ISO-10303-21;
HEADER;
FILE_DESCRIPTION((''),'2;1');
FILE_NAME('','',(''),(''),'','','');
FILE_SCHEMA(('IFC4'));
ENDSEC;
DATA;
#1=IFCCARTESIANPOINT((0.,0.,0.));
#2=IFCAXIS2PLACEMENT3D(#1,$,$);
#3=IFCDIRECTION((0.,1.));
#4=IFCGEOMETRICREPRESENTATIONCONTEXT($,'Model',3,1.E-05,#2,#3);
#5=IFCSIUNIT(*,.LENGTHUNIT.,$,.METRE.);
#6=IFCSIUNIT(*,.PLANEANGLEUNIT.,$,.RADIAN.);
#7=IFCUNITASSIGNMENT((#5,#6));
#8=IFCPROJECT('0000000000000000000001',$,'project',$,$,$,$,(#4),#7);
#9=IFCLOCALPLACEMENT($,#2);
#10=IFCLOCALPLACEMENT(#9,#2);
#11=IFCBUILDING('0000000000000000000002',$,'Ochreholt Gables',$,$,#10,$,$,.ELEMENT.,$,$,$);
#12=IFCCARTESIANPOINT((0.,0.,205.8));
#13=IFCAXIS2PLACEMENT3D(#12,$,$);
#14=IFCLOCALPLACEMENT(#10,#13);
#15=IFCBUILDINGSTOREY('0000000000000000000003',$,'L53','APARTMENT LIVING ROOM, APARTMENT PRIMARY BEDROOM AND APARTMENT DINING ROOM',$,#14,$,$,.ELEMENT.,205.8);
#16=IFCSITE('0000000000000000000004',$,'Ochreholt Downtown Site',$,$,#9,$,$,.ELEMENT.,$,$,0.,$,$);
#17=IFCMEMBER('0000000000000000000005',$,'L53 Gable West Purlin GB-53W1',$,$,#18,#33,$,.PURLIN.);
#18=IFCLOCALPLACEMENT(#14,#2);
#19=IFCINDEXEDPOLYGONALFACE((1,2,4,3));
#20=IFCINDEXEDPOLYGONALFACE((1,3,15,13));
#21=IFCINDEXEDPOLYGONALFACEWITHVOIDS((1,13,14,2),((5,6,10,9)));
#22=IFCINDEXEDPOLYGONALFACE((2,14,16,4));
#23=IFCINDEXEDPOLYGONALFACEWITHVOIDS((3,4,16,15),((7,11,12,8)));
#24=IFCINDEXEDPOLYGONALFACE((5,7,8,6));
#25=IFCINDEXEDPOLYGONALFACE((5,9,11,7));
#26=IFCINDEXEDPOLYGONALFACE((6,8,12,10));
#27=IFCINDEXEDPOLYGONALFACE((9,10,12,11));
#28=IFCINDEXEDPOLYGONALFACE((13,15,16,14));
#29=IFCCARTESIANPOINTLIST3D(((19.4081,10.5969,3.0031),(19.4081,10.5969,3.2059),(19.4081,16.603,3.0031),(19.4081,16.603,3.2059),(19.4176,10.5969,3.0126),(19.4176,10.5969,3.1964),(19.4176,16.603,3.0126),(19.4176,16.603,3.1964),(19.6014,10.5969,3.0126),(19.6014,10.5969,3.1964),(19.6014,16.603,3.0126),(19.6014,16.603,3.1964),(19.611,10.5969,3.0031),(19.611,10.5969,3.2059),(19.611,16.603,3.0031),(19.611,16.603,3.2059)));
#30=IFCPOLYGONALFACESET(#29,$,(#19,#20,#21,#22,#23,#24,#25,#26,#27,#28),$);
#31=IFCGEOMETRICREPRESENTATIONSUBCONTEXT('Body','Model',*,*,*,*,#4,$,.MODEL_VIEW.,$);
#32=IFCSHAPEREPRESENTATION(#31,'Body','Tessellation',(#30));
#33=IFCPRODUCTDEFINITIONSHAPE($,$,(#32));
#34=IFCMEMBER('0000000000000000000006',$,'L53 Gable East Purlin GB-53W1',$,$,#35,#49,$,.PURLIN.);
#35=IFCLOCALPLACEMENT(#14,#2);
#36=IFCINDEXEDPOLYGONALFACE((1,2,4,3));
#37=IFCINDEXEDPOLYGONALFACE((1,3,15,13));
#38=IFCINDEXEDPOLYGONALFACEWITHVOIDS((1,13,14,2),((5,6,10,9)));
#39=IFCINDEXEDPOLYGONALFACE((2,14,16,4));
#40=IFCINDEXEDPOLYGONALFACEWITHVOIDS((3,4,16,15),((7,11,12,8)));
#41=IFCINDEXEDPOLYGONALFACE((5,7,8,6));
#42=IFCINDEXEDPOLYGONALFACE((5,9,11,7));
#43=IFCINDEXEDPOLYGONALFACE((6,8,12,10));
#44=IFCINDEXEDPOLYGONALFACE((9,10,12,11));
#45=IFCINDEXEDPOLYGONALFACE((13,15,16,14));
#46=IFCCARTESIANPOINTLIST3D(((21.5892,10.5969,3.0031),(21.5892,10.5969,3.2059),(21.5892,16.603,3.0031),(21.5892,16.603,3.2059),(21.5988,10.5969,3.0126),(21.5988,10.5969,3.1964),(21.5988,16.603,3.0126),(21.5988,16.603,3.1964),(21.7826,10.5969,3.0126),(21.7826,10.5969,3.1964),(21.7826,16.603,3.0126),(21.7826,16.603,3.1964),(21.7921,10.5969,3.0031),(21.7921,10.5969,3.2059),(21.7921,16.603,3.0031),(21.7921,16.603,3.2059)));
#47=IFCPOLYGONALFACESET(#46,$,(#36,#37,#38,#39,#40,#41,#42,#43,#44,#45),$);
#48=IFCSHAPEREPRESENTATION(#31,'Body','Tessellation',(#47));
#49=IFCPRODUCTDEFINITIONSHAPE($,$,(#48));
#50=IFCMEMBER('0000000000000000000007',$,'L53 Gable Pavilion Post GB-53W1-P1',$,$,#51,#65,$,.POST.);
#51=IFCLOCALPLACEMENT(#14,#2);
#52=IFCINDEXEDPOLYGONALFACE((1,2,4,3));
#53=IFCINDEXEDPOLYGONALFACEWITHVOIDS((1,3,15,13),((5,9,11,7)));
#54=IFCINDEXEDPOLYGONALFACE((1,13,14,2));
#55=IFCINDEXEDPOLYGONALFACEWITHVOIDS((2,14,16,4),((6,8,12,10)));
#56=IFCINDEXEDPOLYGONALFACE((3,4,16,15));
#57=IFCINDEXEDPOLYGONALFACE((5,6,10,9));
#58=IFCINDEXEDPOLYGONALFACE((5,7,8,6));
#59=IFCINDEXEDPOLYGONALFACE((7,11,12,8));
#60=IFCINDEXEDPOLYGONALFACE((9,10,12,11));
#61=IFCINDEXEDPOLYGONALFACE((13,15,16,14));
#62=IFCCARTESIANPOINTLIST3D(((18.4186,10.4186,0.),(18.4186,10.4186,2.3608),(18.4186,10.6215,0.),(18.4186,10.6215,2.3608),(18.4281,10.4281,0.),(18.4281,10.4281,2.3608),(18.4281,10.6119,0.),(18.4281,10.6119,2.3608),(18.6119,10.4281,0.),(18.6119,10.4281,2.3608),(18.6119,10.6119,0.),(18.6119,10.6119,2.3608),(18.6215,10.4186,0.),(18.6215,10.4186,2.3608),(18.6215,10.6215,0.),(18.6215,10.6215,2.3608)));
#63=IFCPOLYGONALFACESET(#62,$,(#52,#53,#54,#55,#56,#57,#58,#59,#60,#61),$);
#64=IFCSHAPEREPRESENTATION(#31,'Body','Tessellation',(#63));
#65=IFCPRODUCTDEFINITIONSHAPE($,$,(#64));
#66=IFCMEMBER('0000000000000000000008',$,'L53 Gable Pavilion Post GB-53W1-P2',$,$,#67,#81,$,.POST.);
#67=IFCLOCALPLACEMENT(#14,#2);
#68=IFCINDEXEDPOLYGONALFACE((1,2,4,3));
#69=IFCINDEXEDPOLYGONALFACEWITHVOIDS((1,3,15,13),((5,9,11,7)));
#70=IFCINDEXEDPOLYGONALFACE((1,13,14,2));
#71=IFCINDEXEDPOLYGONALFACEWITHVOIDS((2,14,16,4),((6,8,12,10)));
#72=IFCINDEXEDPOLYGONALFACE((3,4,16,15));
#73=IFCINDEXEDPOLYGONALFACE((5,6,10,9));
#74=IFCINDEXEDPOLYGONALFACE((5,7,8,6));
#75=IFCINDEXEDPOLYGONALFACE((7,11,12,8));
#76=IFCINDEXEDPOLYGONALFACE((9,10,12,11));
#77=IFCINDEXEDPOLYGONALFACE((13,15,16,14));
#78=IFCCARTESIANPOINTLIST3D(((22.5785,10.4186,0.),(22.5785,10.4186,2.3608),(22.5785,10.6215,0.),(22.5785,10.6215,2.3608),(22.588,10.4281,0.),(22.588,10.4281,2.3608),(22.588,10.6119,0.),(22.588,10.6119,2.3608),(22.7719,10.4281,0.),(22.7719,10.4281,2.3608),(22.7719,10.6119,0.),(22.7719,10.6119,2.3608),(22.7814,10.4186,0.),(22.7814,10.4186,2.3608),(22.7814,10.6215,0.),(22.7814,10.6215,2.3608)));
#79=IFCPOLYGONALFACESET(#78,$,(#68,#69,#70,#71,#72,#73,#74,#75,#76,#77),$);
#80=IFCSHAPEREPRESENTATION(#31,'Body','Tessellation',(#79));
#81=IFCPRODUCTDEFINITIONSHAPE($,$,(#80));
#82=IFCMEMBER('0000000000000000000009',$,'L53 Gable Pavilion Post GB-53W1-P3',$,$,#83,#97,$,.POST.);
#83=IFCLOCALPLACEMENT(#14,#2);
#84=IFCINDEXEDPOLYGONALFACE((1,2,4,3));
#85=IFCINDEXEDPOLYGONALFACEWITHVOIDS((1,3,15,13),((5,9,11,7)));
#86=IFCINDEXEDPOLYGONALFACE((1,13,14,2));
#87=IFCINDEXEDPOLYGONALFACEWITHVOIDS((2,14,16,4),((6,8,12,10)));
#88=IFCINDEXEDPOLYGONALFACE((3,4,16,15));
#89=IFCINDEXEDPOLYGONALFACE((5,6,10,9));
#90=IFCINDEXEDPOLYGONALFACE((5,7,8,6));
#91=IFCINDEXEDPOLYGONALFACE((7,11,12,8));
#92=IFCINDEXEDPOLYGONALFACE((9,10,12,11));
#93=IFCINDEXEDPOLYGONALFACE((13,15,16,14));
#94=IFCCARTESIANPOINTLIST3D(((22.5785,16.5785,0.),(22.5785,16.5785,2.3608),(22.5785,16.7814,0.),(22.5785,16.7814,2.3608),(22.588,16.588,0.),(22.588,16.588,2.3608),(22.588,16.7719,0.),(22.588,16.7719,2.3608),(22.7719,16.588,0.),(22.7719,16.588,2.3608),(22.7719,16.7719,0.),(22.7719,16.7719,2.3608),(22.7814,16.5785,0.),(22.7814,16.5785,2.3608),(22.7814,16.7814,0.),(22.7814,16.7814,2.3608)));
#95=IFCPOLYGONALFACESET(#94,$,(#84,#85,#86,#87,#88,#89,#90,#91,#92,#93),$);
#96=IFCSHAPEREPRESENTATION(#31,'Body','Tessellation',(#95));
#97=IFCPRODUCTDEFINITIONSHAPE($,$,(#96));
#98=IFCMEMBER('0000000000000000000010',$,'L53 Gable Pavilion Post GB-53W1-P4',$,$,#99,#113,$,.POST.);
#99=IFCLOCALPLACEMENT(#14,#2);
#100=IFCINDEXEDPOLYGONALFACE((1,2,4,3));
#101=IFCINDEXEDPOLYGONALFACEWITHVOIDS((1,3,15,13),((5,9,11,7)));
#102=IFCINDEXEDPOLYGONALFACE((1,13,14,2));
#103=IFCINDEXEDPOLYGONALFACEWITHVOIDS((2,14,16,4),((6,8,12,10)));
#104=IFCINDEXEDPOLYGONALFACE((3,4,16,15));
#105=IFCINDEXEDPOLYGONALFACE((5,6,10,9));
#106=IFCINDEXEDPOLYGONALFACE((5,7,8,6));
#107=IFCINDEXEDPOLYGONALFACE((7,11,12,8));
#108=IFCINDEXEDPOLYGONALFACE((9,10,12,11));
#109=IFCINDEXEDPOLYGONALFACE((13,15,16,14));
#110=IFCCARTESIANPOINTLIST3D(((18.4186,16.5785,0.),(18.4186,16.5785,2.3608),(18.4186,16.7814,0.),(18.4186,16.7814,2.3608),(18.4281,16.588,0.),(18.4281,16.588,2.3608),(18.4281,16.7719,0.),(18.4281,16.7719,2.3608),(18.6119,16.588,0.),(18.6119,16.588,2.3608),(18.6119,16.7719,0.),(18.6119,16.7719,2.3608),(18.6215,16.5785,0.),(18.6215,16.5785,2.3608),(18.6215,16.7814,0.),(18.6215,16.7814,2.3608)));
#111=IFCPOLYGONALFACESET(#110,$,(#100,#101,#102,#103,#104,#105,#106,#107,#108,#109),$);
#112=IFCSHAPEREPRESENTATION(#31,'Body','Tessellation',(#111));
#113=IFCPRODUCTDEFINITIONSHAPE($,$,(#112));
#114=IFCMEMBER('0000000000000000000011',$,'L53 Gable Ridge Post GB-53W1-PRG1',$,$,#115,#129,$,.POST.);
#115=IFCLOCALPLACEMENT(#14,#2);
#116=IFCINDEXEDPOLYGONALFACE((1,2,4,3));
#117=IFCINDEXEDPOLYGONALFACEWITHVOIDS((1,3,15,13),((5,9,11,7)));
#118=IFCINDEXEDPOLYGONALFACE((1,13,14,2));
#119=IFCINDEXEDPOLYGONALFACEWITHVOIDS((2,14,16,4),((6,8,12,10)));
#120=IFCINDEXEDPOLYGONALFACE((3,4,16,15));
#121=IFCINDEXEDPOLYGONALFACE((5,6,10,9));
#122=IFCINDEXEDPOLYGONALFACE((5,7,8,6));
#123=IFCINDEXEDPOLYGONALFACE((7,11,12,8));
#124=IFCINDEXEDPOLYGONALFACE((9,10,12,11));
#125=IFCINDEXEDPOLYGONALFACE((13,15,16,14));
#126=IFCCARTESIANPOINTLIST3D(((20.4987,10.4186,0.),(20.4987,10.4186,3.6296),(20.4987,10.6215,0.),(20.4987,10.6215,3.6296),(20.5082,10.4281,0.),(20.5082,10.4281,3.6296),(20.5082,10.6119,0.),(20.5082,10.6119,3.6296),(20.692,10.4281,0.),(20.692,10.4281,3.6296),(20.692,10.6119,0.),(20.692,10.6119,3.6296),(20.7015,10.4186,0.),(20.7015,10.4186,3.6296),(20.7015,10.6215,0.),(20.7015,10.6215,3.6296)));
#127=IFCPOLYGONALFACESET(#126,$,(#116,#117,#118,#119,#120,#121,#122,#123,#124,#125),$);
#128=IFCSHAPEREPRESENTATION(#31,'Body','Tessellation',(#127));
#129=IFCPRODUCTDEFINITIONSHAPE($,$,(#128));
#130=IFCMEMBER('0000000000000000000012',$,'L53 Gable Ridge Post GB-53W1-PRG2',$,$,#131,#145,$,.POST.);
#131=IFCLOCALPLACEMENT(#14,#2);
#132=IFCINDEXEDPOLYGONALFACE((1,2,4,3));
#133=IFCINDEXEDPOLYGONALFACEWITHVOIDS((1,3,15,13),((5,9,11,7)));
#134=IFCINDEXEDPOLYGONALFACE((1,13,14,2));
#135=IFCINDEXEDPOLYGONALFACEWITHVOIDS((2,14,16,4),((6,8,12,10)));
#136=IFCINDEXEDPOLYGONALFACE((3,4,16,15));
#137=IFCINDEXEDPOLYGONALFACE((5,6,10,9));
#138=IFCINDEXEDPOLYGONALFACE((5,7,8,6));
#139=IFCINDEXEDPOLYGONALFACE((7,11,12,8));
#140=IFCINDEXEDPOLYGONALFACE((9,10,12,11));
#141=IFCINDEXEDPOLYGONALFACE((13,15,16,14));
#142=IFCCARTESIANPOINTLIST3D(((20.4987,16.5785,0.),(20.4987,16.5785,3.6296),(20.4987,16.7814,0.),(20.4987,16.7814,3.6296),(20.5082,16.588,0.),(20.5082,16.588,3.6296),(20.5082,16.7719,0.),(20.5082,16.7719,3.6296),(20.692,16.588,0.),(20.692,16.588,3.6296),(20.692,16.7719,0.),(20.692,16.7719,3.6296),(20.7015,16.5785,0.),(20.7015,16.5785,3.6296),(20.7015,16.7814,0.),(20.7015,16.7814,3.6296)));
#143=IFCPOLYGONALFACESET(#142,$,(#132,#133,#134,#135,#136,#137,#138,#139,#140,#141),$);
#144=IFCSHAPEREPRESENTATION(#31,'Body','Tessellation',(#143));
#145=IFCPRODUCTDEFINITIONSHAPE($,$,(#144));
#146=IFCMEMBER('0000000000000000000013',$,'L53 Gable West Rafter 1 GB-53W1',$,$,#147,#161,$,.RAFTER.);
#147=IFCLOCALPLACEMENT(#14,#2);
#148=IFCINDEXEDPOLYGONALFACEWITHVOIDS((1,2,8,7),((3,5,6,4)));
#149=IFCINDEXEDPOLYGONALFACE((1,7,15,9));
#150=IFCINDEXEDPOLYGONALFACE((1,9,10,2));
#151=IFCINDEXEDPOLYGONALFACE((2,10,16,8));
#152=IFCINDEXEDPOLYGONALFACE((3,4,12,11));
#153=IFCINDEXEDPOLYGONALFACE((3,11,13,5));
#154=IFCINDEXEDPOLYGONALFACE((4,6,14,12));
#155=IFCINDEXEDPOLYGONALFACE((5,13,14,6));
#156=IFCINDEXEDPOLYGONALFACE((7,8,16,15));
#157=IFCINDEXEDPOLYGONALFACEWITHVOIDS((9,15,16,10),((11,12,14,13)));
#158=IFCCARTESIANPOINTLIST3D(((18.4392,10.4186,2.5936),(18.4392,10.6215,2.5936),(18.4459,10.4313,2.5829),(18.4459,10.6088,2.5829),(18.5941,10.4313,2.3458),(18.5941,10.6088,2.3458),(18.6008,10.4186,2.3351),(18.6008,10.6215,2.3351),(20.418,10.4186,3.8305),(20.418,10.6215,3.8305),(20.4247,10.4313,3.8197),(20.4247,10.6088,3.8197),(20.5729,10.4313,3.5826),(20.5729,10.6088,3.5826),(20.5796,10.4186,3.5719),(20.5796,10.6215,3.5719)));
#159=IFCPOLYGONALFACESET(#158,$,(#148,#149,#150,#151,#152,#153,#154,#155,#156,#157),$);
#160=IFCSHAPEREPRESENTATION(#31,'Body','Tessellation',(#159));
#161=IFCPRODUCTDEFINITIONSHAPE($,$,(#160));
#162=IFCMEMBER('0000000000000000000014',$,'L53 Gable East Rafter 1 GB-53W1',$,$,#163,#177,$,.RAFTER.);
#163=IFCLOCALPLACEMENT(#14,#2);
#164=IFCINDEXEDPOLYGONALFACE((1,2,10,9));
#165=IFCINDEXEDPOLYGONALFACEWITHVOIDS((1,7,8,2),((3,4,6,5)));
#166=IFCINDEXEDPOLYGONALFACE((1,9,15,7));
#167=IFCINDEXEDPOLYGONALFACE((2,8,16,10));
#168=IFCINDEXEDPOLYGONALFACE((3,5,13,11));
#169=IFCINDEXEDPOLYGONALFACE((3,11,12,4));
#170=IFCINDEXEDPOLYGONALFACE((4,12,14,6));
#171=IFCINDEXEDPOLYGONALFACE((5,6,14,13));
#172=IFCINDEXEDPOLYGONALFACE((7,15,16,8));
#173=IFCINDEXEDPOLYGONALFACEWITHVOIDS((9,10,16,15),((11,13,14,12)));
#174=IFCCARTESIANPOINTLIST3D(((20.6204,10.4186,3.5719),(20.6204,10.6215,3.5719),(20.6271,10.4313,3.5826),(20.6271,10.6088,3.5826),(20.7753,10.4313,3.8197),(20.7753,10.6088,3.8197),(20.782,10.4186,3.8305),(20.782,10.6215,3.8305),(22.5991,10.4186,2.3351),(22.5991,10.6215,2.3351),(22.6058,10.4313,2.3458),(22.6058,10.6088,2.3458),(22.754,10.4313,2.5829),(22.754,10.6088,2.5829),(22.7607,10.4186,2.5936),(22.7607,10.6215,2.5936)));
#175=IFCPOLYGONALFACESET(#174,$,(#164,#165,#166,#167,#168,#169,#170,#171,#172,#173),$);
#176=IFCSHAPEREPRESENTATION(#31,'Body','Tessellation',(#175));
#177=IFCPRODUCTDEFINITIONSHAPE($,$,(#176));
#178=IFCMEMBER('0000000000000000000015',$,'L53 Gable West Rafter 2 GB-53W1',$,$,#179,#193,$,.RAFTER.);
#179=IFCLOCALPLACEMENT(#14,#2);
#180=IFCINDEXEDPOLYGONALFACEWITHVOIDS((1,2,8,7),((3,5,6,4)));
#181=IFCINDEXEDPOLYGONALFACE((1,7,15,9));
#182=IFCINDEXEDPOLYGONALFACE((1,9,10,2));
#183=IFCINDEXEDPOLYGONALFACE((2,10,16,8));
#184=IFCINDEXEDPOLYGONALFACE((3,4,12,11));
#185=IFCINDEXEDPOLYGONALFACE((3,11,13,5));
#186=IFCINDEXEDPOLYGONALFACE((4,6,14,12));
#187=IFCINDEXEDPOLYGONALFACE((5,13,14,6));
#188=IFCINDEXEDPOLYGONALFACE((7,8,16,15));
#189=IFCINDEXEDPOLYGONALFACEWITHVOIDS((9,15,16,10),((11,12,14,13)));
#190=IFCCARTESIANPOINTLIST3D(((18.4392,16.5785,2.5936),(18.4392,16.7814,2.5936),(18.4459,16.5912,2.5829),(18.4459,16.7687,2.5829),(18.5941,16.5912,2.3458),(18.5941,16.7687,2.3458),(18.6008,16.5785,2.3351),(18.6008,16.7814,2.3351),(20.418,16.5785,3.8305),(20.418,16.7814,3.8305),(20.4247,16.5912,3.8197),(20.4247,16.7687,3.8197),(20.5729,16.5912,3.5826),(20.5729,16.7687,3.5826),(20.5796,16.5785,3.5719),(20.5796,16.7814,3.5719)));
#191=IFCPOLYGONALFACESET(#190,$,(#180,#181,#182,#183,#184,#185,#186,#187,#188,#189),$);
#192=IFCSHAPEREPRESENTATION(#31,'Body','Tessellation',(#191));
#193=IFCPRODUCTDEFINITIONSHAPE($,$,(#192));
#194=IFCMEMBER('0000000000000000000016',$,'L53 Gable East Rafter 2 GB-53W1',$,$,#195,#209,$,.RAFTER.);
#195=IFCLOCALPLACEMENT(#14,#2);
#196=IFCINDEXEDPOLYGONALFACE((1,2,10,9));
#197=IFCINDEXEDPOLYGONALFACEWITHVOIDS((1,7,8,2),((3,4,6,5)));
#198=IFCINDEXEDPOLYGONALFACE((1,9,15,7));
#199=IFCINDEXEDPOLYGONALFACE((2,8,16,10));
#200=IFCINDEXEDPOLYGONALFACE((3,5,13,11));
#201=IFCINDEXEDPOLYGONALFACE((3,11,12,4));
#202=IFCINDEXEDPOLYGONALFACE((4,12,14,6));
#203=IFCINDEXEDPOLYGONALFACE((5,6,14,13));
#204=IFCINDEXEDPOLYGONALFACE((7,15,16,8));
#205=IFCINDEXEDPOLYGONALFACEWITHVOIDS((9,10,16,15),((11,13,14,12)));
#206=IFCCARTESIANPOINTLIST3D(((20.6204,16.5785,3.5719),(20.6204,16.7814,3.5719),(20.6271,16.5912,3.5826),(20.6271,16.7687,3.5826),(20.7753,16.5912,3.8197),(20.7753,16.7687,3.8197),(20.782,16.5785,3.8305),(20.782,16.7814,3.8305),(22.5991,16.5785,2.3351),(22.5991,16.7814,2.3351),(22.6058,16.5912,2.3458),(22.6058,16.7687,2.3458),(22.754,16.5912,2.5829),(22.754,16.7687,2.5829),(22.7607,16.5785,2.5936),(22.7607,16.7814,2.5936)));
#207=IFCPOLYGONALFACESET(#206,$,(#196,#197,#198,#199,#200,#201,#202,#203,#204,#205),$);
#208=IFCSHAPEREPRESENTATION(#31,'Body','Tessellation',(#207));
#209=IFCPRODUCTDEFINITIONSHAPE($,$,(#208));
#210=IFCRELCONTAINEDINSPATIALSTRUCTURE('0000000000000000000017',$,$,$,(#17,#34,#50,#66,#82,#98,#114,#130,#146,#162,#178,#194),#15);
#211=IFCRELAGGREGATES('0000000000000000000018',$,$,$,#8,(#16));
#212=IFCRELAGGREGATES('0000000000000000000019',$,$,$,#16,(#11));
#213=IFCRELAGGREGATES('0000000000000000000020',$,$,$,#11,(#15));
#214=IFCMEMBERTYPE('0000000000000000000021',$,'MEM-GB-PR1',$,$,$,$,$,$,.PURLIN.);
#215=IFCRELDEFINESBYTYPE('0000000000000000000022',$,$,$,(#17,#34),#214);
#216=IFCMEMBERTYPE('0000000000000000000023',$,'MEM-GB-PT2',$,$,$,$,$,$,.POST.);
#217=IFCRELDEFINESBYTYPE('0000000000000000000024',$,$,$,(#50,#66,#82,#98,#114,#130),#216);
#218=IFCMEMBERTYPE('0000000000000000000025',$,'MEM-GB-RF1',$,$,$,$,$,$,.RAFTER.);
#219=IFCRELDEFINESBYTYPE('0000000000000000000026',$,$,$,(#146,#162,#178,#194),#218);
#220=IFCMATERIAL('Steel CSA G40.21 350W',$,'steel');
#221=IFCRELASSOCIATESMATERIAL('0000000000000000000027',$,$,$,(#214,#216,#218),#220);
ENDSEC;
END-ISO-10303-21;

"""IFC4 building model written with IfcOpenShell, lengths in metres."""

from ifc_helpers import new_model, si_unit, direction, frame, origin, origin_2d, place, context, subcontext, project, spatial, hollow_rectangle, extrude, material, material_profile, profile_set, type_object, element, save


model = new_model("IFC4")

# Units and contexts
model_context = context("Model", 3, precision=1e-05, world=origin(), true_north=direction((0.0, 1.0)))
body_context = subcontext(model_context, "Body", "Model", "MODEL_VIEW")
ifc_project = project(units=[si_unit("LENGTHUNIT", "METRE"), si_unit("PLANEANGLEUNIT", "RADIAN")], contexts=[model_context])

# Site, building, storey
site_placement = place(None, origin())
site = spatial("IfcSite", under=ifc_project, at=site_placement, Name="Ochreholt Downtown Site", CompositionType="ELEMENT", RefElevation=0.0)
building_placement = place(site_placement, origin())
building = spatial("IfcBuilding", under=site, at=building_placement, Name="Ochreholt Gables", CompositionType="ELEMENT")
storey_placement = place(building_placement, frame((0.0, 0.0, 205.8)))
storey = spatial("IfcBuildingStorey", under=building, at=storey_placement, Name="L53", Description="APARTMENT LIVING ROOM, APARTMENT PRIMARY BEDROOM AND APARTMENT DINING ROOM", CompositionType="ELEMENT", Elevation=205.8)

# Members
ifc_material_1 = material(Name="Steel CSA G40.21 350W", Category="steel")
ifc_material_profile_1 = material_profile(ifc_material_1, hollow_rectangle(XDim=0.2029, YDim=0.2029, WallThickness=0.0095, at=origin_2d()), Name="HSS203X203X10")
ifc_profile_set_1 = profile_set([ifc_material_profile_1], Name="Steel CSA G40.21 350W")
member_type_1 = type_object("IfcMemberType", Name="MEM-GB-PR1", PredefinedType="PURLIN", material=ifc_profile_set_1)
for number, where, z_axis, x_axis, name in (
    (1, (19.5095, 10.5969, 3.1045), (0.0, 1.0, 0.0), (-1.0, 0.0, 0.0), "L53 Gable West Purlin GB-53W1"),
    (2, (21.6907, 10.5969, 3.1045), (0.0, 1.0, 0.0), (-1.0, 0.0, 0.0), "L53 Gable East Purlin GB-53W1"),
):
    element("IfcMember", number, at=place(storey_placement, frame(where, z_axis=z_axis, x_axis=x_axis)), inside=storey, type_object=member_type_1, Name=name, PredefinedType="PURLIN", context=body_context, shape_type="SweptSolid", body=[
        extrude(hollow_rectangle(XDim=0.2029, YDim=0.2029, WallThickness=0.0095, at=origin_2d()), origin(), (0.0, 0.0, 1.0), 6.0061),
    ])
ifc_material_profile_2 = material_profile(ifc_material_1, hollow_rectangle(XDim=0.2029, YDim=0.2029, WallThickness=0.0095, at=origin_2d()), Name="HSS203X203X10")
ifc_profile_set_2 = profile_set([ifc_material_profile_2], Name="Steel CSA G40.21 350W")
member_type_2 = type_object("IfcMemberType", Name="MEM-GB-PT2", PredefinedType="POST", material=ifc_profile_set_2)
for number, where, z_axis, x_axis, name in (
    (3, (18.52, 10.52, 0.0), (0.0, 0.0, 1.0), (1.0, 0.0, 0.0), "L53 Gable Pavilion Post GB-53W1-P1"),
    (4, (22.6799, 10.52, 0.0), (0.0, 0.0, 1.0), (1.0, 0.0, 0.0), "L53 Gable Pavilion Post GB-53W1-P2"),
    (5, (22.6799, 16.6799, 0.0), (0.0, 0.0, 1.0), (1.0, 0.0, 0.0), "L53 Gable Pavilion Post GB-53W1-P3"),
    (6, (18.52, 16.6799, 0.0), (0.0, 0.0, 1.0), (1.0, 0.0, 0.0), "L53 Gable Pavilion Post GB-53W1-P4"),
):
    element("IfcMember", number, at=place(storey_placement, frame(where, z_axis=z_axis, x_axis=x_axis)), inside=storey, type_object=member_type_2, Name=name, PredefinedType="POST", context=body_context, shape_type="SweptSolid", body=[
        extrude(hollow_rectangle(XDim=0.2029, YDim=0.2029, WallThickness=0.0095, at=origin_2d()), origin(), (0.0, 0.0, 1.0), 2.3608),
    ])
for number, where, z_axis, x_axis, name in (
    (7, (20.6001, 10.52, 0.0), (0.0, 0.0, 1.0), (1.0, 0.0, 0.0), "L53 Gable Ridge Post GB-53W1-PRG1"),
    (8, (20.6001, 16.6799, 0.0), (0.0, 0.0, 1.0), (1.0, 0.0, 0.0), "L53 Gable Ridge Post GB-53W1-PRG2"),
):
    element("IfcMember", number, at=place(storey_placement, frame(where, z_axis=z_axis, x_axis=x_axis)), inside=storey, type_object=member_type_2, Name=name, PredefinedType="POST", context=body_context, shape_type="SweptSolid", body=[
        extrude(hollow_rectangle(XDim=0.2029, YDim=0.2029, WallThickness=0.0095, at=origin_2d()), origin(), (0.0, 0.0, 1.0), 3.6296),
    ])
ifc_material_profile_3 = material_profile(ifc_material_1, hollow_rectangle(XDim=0.2029, YDim=0.3049, WallThickness=0.0127, at=origin_2d()), Name="HSS305X203X13")
ifc_profile_set_3 = profile_set([ifc_material_profile_3], Name="Steel CSA G40.21 350W")
member_type_3 = type_object("IfcMemberType", Name="MEM-GB-RF1", PredefinedType="RAFTER", material=ifc_profile_set_3)
for number, where, z_axis, x_axis, name in (
    (9, (18.52, 10.52, 2.4644), (0.847981, 0.0, 0.530027), (0.0, 1.0, 0.0), "L53 Gable West Rafter 1 GB-53W1"),
    (10, (22.6799, 10.52, 2.4644), (-0.847981, 0.0, 0.530027), (0.0, -1.0, 0.0), "L53 Gable East Rafter 1 GB-53W1"),
    (11, (18.52, 16.6799, 2.4644), (0.847981, 0.0, 0.530027), (0.0, 1.0, 0.0), "L53 Gable West Rafter 2 GB-53W1"),
    (12, (22.6799, 16.6799, 2.4644), (-0.847981, 0.0, 0.530027), (0.0, -1.0, 0.0), "L53 Gable East Rafter 2 GB-53W1"),
):
    element("IfcMember", number, at=place(storey_placement, frame(where, z_axis=z_axis, x_axis=x_axis)), inside=storey, type_object=member_type_3, Name=name, PredefinedType="RAFTER", context=body_context, shape_type="SweptSolid", body=[
        extrude(hollow_rectangle(XDim=0.2029, YDim=0.3049, WallThickness=0.0127, at=origin_2d()), origin(), (0.0, 0.0, 1.0), 2.3335),
    ])

save(model, "model.ifc")
